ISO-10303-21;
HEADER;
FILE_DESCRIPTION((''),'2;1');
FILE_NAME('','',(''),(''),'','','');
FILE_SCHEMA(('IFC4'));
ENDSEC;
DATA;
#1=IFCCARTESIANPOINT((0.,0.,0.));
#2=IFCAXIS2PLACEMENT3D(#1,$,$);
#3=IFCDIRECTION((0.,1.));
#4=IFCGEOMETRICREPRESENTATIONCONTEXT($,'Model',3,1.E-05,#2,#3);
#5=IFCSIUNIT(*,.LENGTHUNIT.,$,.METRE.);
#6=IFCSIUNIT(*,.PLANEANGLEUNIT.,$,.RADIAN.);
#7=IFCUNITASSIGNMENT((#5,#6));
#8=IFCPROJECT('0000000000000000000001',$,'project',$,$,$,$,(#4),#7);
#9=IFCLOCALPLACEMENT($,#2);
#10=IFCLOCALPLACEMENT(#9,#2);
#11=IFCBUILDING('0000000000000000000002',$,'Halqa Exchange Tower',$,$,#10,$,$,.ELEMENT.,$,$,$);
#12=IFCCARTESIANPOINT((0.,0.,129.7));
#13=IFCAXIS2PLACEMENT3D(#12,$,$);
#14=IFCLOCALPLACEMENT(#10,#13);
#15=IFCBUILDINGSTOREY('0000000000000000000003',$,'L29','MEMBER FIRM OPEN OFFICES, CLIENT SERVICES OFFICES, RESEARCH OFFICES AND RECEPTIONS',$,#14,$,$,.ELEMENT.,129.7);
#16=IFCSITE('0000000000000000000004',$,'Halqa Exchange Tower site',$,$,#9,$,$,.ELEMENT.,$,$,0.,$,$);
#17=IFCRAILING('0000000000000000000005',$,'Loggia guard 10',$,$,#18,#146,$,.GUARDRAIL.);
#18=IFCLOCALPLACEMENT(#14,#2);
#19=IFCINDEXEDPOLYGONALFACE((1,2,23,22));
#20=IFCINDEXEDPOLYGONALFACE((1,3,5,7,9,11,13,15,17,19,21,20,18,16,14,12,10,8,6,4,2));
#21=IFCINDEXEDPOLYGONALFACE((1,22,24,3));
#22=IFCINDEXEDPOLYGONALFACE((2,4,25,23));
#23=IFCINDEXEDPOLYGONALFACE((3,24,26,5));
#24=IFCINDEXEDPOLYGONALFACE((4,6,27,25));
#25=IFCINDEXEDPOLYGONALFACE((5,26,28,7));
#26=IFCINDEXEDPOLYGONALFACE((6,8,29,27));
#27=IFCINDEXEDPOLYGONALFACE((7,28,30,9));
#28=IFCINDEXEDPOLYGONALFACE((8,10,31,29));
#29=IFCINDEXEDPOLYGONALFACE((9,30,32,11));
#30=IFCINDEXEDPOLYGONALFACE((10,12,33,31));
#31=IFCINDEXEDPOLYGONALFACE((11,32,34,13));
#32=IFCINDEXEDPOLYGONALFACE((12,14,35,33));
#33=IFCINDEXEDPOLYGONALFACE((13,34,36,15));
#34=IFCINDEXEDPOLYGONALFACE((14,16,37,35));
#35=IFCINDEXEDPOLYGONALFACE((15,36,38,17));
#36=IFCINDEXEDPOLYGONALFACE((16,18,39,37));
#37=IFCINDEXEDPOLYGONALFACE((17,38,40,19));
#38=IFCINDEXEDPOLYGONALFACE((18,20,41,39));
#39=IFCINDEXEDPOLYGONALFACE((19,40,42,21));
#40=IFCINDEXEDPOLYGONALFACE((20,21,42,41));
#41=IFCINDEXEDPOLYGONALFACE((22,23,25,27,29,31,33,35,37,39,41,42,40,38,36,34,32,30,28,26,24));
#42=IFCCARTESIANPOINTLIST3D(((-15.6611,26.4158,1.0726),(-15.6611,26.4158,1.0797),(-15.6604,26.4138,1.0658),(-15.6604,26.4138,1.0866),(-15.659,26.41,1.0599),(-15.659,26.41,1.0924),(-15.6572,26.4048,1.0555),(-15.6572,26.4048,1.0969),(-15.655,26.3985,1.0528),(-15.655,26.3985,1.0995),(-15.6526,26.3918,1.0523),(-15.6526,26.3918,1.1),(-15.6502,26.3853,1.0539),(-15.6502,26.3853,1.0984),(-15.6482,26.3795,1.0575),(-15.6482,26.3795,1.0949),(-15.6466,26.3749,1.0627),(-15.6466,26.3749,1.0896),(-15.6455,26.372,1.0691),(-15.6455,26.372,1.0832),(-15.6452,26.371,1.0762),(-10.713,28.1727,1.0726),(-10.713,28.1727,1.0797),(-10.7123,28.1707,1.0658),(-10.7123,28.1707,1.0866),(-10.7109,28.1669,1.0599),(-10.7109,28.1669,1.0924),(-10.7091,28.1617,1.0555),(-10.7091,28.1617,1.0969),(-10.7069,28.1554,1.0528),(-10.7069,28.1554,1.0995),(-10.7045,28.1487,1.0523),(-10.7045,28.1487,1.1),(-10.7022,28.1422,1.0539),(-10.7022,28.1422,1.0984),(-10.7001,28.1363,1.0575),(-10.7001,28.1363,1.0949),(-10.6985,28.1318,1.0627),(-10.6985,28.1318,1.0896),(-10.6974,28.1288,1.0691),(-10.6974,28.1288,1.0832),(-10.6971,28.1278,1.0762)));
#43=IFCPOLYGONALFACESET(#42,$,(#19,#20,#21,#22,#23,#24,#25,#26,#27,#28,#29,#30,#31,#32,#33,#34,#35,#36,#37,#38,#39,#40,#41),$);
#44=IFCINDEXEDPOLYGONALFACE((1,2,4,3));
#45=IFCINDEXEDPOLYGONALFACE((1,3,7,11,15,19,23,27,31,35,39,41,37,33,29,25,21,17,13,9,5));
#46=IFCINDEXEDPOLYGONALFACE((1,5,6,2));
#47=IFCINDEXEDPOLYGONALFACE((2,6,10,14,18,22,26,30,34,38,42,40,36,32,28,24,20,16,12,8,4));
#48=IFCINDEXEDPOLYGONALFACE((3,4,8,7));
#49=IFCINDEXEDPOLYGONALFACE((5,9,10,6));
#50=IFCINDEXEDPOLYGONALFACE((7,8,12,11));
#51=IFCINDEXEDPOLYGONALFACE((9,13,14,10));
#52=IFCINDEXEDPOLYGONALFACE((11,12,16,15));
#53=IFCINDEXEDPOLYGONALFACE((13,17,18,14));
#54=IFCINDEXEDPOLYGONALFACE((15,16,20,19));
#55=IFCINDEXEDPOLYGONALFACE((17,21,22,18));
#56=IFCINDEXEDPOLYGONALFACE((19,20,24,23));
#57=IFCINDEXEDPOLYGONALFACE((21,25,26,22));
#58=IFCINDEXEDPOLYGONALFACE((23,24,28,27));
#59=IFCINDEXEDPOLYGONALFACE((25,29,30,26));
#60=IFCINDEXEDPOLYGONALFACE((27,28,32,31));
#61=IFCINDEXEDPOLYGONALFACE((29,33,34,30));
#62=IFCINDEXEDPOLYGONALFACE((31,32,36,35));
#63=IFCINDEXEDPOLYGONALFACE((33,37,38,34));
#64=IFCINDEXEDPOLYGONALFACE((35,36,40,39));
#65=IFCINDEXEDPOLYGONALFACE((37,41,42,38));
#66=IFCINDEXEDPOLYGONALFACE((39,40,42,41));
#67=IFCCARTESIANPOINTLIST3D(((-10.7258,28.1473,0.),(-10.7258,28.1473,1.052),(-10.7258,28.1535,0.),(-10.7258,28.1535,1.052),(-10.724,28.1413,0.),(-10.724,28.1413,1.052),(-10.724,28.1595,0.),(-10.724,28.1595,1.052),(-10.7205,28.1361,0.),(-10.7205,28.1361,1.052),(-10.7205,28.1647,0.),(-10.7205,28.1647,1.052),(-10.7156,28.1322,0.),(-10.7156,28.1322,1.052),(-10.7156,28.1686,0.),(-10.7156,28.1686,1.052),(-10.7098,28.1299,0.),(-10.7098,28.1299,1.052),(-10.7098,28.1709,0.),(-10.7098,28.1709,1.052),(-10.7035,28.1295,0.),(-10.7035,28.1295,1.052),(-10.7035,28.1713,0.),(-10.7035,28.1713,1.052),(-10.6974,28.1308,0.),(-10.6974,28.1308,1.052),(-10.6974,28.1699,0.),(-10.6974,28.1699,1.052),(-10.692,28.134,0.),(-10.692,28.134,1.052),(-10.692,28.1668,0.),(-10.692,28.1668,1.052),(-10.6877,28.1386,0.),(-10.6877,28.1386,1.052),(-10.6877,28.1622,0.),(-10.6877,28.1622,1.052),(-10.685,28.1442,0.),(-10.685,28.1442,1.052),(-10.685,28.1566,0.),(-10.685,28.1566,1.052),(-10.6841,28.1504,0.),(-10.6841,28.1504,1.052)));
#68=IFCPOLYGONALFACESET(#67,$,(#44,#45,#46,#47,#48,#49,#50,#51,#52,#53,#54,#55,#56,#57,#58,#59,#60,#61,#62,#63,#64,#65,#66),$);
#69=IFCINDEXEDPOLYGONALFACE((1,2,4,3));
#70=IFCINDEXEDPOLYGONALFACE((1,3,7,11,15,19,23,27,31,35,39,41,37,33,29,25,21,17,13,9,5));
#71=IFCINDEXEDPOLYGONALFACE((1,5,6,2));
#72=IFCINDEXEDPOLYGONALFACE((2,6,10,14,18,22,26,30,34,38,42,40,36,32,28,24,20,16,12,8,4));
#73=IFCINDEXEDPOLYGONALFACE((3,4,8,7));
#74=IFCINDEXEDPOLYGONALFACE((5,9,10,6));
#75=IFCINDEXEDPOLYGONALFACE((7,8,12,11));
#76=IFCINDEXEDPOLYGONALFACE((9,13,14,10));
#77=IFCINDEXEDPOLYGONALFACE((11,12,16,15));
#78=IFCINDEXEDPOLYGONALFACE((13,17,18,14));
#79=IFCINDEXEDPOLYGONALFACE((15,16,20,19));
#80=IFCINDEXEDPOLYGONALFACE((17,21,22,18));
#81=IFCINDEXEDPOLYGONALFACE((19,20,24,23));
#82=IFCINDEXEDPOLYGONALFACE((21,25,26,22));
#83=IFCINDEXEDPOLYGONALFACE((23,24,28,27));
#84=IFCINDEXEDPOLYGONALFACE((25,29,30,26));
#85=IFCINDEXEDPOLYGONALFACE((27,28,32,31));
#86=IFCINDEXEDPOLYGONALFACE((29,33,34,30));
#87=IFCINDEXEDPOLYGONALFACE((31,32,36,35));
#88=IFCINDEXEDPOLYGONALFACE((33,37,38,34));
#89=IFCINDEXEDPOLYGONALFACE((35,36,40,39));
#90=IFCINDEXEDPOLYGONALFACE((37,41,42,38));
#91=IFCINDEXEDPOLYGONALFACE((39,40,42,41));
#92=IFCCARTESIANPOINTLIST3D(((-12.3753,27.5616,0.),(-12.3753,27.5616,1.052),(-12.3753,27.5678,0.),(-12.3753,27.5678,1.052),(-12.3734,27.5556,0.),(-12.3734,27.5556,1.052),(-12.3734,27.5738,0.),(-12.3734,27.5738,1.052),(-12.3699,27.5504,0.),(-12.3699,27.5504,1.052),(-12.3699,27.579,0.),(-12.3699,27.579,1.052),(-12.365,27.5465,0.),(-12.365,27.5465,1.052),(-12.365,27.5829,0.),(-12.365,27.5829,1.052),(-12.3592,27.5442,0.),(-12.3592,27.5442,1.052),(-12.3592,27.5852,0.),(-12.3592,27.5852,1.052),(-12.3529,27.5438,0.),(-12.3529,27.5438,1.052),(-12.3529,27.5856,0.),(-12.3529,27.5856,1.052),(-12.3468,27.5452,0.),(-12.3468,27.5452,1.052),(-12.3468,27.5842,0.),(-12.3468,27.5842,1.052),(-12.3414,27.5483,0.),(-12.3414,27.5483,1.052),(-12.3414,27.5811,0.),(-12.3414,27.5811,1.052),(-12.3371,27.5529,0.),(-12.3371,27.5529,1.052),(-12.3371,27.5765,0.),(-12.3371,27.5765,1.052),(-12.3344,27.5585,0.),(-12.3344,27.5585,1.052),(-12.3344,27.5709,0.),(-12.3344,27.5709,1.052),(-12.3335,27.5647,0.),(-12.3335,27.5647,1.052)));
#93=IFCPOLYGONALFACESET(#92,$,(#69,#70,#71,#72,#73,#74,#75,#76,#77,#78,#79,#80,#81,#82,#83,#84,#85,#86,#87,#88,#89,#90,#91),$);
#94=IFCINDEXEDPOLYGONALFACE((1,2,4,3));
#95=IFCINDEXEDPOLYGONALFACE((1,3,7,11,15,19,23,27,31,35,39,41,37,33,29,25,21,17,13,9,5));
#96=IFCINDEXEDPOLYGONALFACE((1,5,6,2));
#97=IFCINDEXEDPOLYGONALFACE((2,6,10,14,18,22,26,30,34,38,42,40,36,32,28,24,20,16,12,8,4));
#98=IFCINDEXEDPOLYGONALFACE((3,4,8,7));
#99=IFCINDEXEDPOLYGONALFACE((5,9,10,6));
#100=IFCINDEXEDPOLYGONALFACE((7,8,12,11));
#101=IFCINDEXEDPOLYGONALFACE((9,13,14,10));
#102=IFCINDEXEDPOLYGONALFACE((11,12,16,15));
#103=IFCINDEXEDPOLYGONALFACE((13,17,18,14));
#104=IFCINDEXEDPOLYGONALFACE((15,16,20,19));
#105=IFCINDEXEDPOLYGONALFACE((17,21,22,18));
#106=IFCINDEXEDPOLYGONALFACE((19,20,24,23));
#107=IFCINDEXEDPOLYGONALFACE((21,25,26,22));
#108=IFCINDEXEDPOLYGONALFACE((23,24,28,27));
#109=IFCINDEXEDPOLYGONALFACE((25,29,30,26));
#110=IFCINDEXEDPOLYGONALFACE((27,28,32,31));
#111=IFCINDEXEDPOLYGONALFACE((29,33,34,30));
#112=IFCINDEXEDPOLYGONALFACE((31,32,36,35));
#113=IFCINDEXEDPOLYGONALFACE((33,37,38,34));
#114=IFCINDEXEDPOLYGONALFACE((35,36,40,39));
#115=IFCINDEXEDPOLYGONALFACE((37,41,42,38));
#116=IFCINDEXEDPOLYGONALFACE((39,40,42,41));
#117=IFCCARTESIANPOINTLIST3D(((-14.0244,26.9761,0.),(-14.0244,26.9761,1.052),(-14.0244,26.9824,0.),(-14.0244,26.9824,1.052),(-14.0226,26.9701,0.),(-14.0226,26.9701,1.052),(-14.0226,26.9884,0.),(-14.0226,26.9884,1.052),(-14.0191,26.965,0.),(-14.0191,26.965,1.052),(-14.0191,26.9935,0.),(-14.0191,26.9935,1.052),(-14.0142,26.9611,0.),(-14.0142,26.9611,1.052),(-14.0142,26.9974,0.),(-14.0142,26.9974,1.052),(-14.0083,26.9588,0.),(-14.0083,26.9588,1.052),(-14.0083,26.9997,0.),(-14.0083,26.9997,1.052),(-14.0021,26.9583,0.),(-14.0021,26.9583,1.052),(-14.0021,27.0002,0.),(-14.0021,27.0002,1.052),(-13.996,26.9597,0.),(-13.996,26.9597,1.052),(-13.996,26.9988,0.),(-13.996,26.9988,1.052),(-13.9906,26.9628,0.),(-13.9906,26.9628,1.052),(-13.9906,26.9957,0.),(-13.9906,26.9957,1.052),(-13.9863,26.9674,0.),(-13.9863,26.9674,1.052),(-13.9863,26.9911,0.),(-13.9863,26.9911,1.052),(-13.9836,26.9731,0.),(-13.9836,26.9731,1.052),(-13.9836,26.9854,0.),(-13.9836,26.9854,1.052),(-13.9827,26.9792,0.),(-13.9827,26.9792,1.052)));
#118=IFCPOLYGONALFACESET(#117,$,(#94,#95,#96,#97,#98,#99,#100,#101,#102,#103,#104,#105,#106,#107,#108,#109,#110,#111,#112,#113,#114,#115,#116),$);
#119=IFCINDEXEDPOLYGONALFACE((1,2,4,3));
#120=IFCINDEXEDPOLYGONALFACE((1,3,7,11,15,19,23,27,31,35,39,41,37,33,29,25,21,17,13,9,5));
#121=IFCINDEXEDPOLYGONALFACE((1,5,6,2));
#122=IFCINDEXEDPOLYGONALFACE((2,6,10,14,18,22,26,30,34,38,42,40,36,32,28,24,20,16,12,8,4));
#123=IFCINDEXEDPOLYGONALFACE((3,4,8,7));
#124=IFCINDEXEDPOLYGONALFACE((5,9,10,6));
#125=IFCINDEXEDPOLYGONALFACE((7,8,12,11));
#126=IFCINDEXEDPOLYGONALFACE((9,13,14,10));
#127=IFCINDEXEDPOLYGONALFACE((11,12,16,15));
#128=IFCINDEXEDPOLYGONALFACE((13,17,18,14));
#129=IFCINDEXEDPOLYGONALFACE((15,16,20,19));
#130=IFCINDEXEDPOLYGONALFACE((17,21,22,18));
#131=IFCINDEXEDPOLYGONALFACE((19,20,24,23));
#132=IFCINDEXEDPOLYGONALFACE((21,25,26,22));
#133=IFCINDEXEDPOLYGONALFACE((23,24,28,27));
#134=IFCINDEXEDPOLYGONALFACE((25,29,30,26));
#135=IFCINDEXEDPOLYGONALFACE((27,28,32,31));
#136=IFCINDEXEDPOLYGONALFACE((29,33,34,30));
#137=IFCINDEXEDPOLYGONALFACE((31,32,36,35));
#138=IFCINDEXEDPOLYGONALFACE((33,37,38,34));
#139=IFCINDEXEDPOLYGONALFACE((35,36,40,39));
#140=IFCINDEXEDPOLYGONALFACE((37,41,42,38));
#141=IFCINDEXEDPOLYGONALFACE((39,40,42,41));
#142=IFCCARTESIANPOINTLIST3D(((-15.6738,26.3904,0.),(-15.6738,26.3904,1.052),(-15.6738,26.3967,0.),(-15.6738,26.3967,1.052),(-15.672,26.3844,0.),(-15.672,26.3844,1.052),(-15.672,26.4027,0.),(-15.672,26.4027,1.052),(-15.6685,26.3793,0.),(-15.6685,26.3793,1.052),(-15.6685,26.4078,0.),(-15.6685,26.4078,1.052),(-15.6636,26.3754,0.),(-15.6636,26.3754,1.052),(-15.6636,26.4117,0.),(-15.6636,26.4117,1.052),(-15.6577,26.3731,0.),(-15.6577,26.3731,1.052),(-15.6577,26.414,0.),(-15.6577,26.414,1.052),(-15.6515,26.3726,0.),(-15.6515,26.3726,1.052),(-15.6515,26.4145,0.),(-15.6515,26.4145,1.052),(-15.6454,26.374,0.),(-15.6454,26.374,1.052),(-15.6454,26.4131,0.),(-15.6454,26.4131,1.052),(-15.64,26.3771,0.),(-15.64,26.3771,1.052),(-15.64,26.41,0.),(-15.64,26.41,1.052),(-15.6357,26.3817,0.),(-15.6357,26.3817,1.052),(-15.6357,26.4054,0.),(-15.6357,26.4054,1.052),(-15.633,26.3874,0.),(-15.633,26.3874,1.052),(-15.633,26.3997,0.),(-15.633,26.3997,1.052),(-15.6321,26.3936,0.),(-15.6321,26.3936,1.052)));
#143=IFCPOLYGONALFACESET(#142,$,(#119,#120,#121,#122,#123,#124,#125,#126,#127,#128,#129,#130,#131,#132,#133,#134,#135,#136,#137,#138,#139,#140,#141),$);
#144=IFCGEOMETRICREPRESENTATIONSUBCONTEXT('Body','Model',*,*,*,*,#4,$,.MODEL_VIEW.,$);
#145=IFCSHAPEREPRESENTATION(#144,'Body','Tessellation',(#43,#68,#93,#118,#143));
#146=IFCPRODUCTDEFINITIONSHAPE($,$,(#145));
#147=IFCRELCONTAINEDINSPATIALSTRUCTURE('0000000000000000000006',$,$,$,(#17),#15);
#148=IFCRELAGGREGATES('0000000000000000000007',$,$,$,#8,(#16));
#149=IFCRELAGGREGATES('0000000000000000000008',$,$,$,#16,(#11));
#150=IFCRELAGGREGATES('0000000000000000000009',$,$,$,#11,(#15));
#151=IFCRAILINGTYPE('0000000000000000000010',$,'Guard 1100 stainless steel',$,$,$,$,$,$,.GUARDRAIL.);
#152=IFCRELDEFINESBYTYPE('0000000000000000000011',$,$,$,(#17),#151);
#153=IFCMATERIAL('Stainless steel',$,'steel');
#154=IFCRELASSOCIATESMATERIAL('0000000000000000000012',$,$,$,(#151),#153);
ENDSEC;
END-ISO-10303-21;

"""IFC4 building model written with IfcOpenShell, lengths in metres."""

from ifc_helpers import new_model, si_unit, direction, frame, origin, origin_2d, place, context, subcontext, project, spatial, circle, extrude, material, type_object, element, save


model = new_model("IFC4")

# Units and contexts
model_context = context("Model", 3, precision=1e-05, world=origin(), true_north=direction((0.0, 1.0)))
body_context = subcontext(model_context, "Body", "Model", "MODEL_VIEW")
ifc_project = project(units=[si_unit("LENGTHUNIT", "METRE"), si_unit("PLANEANGLEUNIT", "RADIAN")], contexts=[model_context])

# Site, building, storey
site_placement = place(None, origin())
site = spatial("IfcSite", under=ifc_project, at=site_placement, Name="Halqa Exchange Tower site", CompositionType="ELEMENT", RefElevation=0.0)
building_placement = place(site_placement, origin())
building = spatial("IfcBuilding", under=site, at=building_placement, Name="Halqa Exchange Tower", CompositionType="ELEMENT")
storey_placement = place(building_placement, frame((0.0, 0.0, 129.7)))
storey = spatial("IfcBuildingStorey", under=building, at=storey_placement, Name="L29", Description="MEMBER FIRM OPEN OFFICES, CLIENT SERVICES OFFICES, RESEARCH OFFICES AND RECEPTIONS", CompositionType="ELEMENT", Elevation=129.7)

# Railing
ifc_material_1 = material(Name="Stainless steel", Category="steel")
railing_type_1 = type_object("IfcRailingType", Name="Guard 1100 stainless steel", PredefinedType="GUARDRAIL", material=ifc_material_1)
railing_1_placement = place(storey_placement, frame((-10.7051, 28.1504, 0.0)))
element("IfcRailing", 1, at=railing_1_placement, inside=storey, type_object=railing_type_1, Name="Loggia guard 10", PredefinedType="GUARDRAIL", context=body_context, shape_type="SweptSolid", body=[
    extrude(circle(Radius=0.0239, at=origin_2d()), frame((0.0, 0.0, 1.0762), z_axis=(-0.942362, -0.334595, 0.0), x_axis=(0.334595, -0.942362, 0.0)), (0.0, 0.0, 1.0), 5.2507),
    extrude(circle(Radius=0.021, at=origin_2d()), origin(), (0.0, 0.0, 1.0), 1.052),
    extrude(circle(Radius=0.021, at=origin_2d()), frame((-1.6494, -0.5857, 0.0)), (0.0, 0.0, 1.0), 1.052),
    extrude(circle(Radius=0.021, at=origin_2d()), frame((-3.2986, -1.1711, 0.0)), (0.0, 0.0, 1.0), 1.052),
    extrude(circle(Radius=0.021, at=origin_2d()), frame((-4.948, -1.7568, 0.0)), (0.0, 0.0, 1.0), 1.052),
])

save(model, "model.ifc")
